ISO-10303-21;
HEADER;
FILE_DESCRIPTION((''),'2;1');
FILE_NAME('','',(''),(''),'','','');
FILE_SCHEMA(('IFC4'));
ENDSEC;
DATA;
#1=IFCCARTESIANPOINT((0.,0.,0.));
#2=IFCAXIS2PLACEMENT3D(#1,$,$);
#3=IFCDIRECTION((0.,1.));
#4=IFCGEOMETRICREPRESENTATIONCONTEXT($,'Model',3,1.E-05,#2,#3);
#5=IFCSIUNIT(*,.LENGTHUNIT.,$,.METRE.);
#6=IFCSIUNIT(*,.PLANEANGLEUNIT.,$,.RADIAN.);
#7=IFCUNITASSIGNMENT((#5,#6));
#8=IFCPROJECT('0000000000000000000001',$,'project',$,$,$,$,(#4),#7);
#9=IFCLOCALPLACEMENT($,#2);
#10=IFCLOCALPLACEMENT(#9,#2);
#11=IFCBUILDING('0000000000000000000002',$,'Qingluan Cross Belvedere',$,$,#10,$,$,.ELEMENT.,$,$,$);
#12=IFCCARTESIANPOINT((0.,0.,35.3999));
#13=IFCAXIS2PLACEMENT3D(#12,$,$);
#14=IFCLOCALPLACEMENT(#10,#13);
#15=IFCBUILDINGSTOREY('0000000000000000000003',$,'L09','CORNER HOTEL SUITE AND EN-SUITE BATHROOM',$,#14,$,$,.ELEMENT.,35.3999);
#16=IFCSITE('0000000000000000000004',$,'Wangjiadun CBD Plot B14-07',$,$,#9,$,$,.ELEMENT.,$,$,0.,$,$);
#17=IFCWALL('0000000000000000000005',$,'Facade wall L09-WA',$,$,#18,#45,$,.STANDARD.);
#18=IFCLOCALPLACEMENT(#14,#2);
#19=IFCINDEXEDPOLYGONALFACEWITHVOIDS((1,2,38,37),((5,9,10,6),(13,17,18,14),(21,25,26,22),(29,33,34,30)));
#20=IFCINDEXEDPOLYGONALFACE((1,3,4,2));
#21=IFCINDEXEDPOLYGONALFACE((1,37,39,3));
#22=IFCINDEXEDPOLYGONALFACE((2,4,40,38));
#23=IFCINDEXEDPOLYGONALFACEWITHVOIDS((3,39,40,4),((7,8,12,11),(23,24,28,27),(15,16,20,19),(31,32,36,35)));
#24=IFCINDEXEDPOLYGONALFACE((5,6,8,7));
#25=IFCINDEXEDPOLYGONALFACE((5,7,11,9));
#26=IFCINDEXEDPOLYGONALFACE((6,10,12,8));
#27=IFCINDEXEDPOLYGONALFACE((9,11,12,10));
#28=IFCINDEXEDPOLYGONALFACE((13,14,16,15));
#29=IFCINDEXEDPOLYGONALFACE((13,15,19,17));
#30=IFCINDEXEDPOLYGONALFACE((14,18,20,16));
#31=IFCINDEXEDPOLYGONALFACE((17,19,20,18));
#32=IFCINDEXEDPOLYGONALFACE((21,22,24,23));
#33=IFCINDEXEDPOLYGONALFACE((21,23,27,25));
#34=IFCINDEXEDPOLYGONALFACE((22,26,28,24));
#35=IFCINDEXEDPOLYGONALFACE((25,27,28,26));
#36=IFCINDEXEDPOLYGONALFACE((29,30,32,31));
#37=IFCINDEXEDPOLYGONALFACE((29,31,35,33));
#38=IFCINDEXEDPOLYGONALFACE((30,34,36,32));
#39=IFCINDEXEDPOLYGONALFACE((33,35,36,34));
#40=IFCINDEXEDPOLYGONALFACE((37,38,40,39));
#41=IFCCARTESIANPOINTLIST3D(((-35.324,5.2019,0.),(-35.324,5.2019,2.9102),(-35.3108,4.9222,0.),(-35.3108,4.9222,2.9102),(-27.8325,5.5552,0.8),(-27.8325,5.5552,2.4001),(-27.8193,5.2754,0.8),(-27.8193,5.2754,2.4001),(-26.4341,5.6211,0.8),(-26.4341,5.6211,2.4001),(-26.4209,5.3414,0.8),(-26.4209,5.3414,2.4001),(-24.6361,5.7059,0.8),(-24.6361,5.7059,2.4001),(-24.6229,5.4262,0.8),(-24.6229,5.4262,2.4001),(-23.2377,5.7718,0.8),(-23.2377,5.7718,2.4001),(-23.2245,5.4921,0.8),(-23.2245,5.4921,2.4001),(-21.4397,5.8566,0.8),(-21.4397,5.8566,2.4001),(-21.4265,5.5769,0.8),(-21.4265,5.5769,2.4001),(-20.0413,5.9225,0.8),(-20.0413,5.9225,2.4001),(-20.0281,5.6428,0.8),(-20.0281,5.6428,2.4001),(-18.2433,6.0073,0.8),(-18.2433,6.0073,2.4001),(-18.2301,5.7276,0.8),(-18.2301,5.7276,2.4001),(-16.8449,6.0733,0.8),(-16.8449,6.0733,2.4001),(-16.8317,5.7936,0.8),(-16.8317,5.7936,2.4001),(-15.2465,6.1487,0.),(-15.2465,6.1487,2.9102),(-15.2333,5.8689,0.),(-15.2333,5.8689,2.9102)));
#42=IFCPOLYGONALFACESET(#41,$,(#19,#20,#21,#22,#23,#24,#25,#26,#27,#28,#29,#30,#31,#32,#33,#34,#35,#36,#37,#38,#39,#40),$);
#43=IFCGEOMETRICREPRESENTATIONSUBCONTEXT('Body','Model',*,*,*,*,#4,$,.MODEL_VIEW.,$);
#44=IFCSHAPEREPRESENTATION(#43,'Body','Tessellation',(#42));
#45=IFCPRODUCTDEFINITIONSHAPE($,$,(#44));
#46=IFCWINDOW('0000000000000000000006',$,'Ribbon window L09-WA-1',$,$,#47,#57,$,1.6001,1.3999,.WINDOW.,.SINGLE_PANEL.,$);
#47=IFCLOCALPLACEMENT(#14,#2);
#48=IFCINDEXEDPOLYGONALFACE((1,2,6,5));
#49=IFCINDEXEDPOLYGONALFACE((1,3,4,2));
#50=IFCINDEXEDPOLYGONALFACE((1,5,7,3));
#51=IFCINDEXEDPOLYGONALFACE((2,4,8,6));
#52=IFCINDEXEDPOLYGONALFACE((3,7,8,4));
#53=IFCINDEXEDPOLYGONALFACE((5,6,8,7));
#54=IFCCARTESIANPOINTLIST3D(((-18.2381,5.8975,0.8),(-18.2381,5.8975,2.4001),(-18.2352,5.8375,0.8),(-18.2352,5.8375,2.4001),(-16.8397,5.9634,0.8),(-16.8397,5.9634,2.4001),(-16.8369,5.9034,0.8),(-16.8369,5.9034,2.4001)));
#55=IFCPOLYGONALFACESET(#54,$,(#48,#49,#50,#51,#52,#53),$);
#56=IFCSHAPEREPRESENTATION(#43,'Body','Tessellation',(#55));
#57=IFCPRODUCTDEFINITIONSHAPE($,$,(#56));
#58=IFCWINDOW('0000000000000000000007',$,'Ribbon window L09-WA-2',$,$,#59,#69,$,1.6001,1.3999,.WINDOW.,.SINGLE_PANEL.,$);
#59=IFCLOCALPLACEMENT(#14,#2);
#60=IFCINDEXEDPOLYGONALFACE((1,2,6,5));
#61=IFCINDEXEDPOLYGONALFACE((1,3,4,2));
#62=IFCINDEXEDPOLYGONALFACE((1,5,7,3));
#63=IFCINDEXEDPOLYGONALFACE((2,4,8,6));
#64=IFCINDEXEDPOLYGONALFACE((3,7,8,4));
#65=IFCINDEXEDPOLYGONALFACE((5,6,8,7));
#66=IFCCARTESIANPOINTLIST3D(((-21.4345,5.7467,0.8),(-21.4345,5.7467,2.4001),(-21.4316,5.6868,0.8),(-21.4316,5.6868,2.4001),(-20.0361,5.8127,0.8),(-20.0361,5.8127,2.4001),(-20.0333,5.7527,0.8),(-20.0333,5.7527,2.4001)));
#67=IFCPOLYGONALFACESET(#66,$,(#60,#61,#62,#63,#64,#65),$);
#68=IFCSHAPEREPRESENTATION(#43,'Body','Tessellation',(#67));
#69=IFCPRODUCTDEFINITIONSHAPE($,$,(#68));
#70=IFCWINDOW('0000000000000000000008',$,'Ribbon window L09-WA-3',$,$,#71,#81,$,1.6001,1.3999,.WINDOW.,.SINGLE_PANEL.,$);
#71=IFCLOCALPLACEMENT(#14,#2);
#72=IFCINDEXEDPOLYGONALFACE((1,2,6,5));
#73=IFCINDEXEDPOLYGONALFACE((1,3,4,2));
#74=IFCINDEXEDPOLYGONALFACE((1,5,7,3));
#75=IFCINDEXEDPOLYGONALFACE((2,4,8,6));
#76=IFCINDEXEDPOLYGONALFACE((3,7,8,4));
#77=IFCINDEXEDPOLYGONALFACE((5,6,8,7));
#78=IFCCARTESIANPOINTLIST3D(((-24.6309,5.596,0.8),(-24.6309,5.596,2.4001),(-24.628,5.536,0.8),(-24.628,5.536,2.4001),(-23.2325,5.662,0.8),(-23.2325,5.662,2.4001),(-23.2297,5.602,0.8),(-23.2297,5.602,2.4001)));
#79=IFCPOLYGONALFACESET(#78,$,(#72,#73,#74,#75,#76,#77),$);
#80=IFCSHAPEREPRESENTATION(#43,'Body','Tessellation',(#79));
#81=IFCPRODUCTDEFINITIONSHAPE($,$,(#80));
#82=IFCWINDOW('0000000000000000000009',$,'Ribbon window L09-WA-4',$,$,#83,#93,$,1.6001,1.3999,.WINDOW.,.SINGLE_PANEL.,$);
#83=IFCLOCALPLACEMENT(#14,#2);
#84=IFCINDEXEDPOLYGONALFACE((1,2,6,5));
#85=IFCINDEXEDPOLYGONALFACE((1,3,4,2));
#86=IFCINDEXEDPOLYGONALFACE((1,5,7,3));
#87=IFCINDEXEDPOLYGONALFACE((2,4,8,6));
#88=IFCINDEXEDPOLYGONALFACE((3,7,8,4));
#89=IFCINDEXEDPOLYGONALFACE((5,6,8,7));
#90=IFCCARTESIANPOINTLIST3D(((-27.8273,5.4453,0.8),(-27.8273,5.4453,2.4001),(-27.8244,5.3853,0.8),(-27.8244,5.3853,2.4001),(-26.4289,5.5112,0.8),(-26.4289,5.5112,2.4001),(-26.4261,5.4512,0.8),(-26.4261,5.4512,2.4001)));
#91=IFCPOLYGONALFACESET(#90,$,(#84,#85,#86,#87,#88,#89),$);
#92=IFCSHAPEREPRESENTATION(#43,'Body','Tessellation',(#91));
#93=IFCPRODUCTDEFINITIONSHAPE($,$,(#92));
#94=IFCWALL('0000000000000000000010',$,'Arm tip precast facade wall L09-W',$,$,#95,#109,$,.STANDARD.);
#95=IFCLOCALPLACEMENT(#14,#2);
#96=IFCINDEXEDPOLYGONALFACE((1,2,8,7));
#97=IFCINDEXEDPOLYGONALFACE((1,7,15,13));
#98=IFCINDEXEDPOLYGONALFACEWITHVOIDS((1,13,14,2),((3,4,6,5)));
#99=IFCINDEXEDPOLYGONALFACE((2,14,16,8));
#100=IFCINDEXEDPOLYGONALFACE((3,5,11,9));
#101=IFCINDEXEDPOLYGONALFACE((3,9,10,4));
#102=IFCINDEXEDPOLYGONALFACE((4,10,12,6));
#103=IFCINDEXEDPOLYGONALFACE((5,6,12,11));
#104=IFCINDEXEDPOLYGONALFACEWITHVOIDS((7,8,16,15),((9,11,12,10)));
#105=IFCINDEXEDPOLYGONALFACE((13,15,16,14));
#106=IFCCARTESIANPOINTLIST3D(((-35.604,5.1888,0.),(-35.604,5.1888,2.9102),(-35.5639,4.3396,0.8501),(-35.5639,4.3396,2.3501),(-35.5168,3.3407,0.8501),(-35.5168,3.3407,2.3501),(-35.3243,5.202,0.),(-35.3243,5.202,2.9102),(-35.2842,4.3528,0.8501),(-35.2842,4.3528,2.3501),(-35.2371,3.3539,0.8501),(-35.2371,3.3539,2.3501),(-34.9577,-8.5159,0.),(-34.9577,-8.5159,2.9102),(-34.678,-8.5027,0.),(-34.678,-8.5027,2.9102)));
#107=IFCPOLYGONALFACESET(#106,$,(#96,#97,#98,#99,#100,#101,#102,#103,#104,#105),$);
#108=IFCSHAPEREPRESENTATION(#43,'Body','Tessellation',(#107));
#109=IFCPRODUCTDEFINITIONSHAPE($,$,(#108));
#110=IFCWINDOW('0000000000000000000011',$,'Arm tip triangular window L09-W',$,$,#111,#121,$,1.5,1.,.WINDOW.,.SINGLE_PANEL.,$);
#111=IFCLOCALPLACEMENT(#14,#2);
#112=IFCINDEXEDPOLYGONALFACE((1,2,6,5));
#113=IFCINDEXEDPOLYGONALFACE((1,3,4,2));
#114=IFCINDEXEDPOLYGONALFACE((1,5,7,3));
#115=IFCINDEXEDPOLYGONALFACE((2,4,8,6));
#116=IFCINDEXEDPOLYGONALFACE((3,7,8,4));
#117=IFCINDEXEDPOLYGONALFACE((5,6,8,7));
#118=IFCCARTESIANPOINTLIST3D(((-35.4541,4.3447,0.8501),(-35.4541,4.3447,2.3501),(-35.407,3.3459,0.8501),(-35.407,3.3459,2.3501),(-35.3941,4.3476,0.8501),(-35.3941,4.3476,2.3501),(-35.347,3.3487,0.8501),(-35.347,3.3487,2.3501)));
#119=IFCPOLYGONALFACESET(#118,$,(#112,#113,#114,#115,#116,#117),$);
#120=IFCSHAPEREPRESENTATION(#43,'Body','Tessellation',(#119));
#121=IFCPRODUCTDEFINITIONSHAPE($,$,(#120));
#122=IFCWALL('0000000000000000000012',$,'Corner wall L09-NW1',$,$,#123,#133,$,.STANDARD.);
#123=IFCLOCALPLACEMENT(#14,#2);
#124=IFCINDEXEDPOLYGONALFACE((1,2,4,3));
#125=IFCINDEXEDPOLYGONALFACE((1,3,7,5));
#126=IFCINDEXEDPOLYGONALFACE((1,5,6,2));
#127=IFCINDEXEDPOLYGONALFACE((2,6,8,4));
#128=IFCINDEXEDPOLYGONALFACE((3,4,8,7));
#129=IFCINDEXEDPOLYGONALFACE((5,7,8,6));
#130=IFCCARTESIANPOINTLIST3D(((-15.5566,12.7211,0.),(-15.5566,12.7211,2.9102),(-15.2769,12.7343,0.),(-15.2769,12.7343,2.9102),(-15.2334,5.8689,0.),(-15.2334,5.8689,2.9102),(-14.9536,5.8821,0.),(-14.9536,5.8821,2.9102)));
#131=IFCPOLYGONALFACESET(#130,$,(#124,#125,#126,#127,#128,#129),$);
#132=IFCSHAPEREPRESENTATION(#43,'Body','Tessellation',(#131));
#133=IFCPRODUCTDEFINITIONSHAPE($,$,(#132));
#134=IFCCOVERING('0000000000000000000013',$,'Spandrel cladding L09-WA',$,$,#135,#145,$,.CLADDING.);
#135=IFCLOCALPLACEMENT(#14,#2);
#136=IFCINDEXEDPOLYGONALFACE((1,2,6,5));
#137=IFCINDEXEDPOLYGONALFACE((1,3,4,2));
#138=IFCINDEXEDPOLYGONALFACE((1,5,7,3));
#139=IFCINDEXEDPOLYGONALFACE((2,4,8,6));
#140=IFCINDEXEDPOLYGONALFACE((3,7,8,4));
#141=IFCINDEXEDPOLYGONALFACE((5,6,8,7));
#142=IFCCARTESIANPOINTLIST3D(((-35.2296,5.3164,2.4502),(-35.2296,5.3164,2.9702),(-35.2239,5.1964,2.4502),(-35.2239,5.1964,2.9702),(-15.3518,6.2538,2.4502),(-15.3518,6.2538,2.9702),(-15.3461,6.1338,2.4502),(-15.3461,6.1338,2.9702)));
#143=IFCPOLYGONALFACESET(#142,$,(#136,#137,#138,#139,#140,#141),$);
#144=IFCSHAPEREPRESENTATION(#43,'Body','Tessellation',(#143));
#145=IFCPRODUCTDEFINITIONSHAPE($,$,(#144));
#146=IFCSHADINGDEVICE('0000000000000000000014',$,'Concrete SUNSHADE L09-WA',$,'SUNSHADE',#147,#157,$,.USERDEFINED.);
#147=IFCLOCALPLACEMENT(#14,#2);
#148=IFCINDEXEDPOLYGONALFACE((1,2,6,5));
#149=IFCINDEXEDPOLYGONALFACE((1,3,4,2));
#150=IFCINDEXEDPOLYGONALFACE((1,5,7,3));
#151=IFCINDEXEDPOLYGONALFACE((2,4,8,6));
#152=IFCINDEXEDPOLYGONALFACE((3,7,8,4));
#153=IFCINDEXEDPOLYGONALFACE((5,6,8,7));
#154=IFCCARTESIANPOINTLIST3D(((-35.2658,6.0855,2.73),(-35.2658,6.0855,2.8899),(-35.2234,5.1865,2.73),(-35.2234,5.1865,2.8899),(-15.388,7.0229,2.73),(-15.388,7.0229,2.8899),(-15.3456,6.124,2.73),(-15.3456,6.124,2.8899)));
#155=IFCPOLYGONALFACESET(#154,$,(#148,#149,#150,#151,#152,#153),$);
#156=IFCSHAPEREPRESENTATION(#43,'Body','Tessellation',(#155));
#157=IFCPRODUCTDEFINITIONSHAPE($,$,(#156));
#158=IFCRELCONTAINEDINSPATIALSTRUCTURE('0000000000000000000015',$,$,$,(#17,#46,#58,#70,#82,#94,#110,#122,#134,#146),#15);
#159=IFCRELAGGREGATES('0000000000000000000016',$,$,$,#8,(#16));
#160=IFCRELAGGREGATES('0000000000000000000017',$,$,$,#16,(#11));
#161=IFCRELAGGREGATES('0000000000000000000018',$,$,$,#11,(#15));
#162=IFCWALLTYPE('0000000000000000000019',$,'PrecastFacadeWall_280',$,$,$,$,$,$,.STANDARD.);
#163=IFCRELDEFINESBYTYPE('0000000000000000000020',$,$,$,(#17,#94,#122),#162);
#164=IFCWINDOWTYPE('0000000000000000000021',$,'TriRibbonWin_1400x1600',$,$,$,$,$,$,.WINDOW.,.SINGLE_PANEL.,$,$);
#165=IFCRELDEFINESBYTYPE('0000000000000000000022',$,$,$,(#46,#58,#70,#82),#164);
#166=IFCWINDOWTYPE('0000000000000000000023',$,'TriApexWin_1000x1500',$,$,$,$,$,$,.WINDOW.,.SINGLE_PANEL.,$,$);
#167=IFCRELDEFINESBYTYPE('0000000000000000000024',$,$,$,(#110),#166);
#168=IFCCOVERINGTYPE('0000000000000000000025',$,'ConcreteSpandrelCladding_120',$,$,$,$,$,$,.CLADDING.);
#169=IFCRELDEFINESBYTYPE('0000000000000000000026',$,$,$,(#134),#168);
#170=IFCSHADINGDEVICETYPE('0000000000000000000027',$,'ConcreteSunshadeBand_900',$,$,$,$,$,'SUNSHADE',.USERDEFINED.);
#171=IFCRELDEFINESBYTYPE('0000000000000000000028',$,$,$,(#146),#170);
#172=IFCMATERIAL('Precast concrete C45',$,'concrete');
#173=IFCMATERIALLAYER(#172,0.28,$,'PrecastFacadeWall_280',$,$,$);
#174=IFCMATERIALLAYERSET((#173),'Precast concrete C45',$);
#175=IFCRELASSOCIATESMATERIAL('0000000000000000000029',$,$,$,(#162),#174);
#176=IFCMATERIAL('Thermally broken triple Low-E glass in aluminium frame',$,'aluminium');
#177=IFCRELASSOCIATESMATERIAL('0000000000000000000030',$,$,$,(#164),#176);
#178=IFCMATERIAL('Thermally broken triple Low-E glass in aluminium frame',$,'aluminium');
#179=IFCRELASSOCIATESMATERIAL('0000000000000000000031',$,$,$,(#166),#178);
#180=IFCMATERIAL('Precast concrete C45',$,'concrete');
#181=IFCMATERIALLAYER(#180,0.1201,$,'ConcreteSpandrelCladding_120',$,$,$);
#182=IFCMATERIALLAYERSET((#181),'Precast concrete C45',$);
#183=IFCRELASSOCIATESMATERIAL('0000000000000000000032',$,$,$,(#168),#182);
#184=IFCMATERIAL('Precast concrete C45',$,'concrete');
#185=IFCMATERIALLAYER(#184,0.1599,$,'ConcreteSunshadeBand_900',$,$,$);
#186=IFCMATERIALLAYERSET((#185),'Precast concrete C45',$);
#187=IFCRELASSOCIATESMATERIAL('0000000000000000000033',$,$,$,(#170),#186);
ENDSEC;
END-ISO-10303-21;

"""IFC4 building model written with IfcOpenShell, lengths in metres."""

from ifc_helpers import new_model, si_unit, direction, frame, frame_2d, origin, origin_2d, place, context, subcontext, project, spatial, rectangle, extrude, material, layer, layer_set, type_object, element, fill, save


model = new_model("IFC4")

# Units and contexts
model_context = context("Model", 3, precision=1e-05, world=origin(), true_north=direction((0.0, 1.0)))
body_context = subcontext(model_context, "Body", "Model", "MODEL_VIEW")
ifc_project = project(units=[si_unit("LENGTHUNIT", "METRE"), si_unit("PLANEANGLEUNIT", "RADIAN")], contexts=[model_context])

# Site, building, storey
site_placement = place(None, origin())
site = spatial("IfcSite", under=ifc_project, at=site_placement, Name="Wangjiadun CBD Plot B14-07", CompositionType="ELEMENT", RefElevation=0.0)
building_placement = place(site_placement, origin())
building = spatial("IfcBuilding", under=site, at=building_placement, Name="Qingluan Cross Belvedere", CompositionType="ELEMENT")
storey_placement = place(building_placement, frame((0.0, 0.0, 35.3999)))
storey = spatial("IfcBuildingStorey", under=building, at=storey_placement, Name="L09", Description="CORNER HOTEL SUITE AND EN-SUITE BATHROOM", CompositionType="ELEMENT", Elevation=35.3999)

# Wall, openings, windows
ifc_material_1 = material(Name="Precast concrete C45", Category="concrete")
ifc_layer_1 = layer(ifc_material_1, 0.28, Name="PrecastFacadeWall_280")
ifc_layer_set_1 = layer_set([ifc_layer_1], Name="Precast concrete C45")
wall_type_1 = type_object("IfcWallType", Name="PrecastFacadeWall_280", PredefinedType="STANDARD", material=ifc_layer_set_1)
wall_1_placement = place(storey_placement, frame((-15.24, 6.0088, 0.0), z_axis=(0.0, 0.0, 1.0), x_axis=(-0.99889, -0.047103, 0.0)))
wall_1 = element("IfcWall", 1, at=wall_1_placement, inside=storey, type_object=wall_type_1, Name="Facade wall L09-WA", PredefinedType="STANDARD", context=body_context, shape_type="SweptSolid", body=[
    extrude(rectangle(XDim=20.0999, YDim=0.28, at=frame_2d((10.0498, 0.0))), origin(), (0.0, 0.0, 1.0), 2.9102),
])
opening_1_placement = place(wall_1_placement, frame((1.6001, 0.0, 0.8)))
opening_1 = element("IfcOpeningElement", 2, at=opening_1_placement, cuts=wall_1, PredefinedType="OPENING", context=body_context, shape_type="SweptSolid", body=[
    extrude(rectangle(XDim=1.3999, YDim=1.6001, at=frame_2d((0.7, 0.8))), frame((0.0, 0.1499, 0.0), z_axis=(0.0, -1.0, 0.0), x_axis=(1.0, 0.0, 0.0)), (0.0, 0.0, 1.0), 0.3),
])
opening_2_placement = place(wall_1_placement, frame((4.8, 0.0, 0.8)))
opening_2 = element("IfcOpeningElement", 3, at=opening_2_placement, cuts=wall_1, PredefinedType="OPENING", context=body_context, shape_type="SweptSolid", body=[
    extrude(rectangle(XDim=1.3999, YDim=1.6001, at=frame_2d((0.7, 0.8))), frame((0.0, 0.1499, 0.0), z_axis=(0.0, -1.0, 0.0), x_axis=(1.0, 0.0, 0.0)), (0.0, 0.0, 1.0), 0.3),
])
opening_3_placement = place(wall_1_placement, frame((8.0, 0.0, 0.8)))
opening_3 = element("IfcOpeningElement", 4, at=opening_3_placement, cuts=wall_1, PredefinedType="OPENING", context=body_context, shape_type="SweptSolid", body=[
    extrude(rectangle(XDim=1.3999, YDim=1.6001, at=frame_2d((0.7, 0.8))), frame((0.0, 0.1499, 0.0), z_axis=(0.0, -1.0, 0.0), x_axis=(1.0, 0.0, 0.0)), (0.0, 0.0, 1.0), 0.3),
])
opening_4_placement = place(wall_1_placement, frame((11.2, 0.0, 0.8)))
opening_4 = element("IfcOpeningElement", 5, at=opening_4_placement, cuts=wall_1, PredefinedType="OPENING", context=body_context, shape_type="SweptSolid", body=[
    extrude(rectangle(XDim=1.3999, YDim=1.6001, at=frame_2d((0.7, 0.8))), frame((0.0, 0.1499, 0.0), z_axis=(0.0, -1.0, 0.0), x_axis=(1.0, 0.0, 0.0)), (0.0, 0.0, 1.0), 0.3),
])
ifc_material_2 = material(Name="Thermally broken triple Low-E glass in aluminium frame", Category="aluminium")
window_type_1 = type_object("IfcWindowType", Name="TriRibbonWin_1400x1600", PartitioningType="SINGLE_PANEL", PredefinedType="WINDOW", material=ifc_material_2)
window_1_placement = place(opening_1_placement, origin())
window_1 = element("IfcWindow", 6, at=window_1_placement, inside=storey, type_object=window_type_1, Name="Ribbon window L09-WA-1", OverallHeight=1.6001, OverallWidth=1.3999, PartitioningType="SINGLE_PANEL", PredefinedType="WINDOW", context=body_context, shape_type="SweptSolid", body=[
    extrude(rectangle(XDim=1.3999, YDim=1.6001, at=frame_2d((0.7, 0.8))), frame((0.0, 0.03, 0.0), z_axis=(0.0, -1.0, 0.0), x_axis=(1.0, 0.0, 0.0)), (0.0, 0.0, 1.0), 0.0601),
])
fill(opening_1, window_1)
window_2_placement = place(opening_2_placement, origin())
window_2 = element("IfcWindow", 7, at=window_2_placement, inside=storey, type_object=window_type_1, Name="Ribbon window L09-WA-2", OverallHeight=1.6001, OverallWidth=1.3999, PartitioningType="SINGLE_PANEL", PredefinedType="WINDOW", context=body_context, shape_type="SweptSolid", body=[
    extrude(rectangle(XDim=1.3999, YDim=1.6001, at=frame_2d((0.7, 0.8))), frame((0.0, 0.03, 0.0), z_axis=(0.0, -1.0, 0.0), x_axis=(1.0, 0.0, 0.0)), (0.0, 0.0, 1.0), 0.0601),
])
fill(opening_2, window_2)
window_3_placement = place(opening_3_placement, origin())
window_3 = element("IfcWindow", 8, at=window_3_placement, inside=storey, type_object=window_type_1, Name="Ribbon window L09-WA-3", OverallHeight=1.6001, OverallWidth=1.3999, PartitioningType="SINGLE_PANEL", PredefinedType="WINDOW", context=body_context, shape_type="SweptSolid", body=[
    extrude(rectangle(XDim=1.3999, YDim=1.6001, at=frame_2d((0.7, 0.8))), frame((0.0, 0.03, 0.0), z_axis=(0.0, -1.0, 0.0), x_axis=(1.0, 0.0, 0.0)), (0.0, 0.0, 1.0), 0.0601),
])
fill(opening_3, window_3)
window_4_placement = place(opening_4_placement, origin())
window_4 = element("IfcWindow", 9, at=window_4_placement, inside=storey, type_object=window_type_1, Name="Ribbon window L09-WA-4", OverallHeight=1.6001, OverallWidth=1.3999, PartitioningType="SINGLE_PANEL", PredefinedType="WINDOW", context=body_context, shape_type="SweptSolid", body=[
    extrude(rectangle(XDim=1.3999, YDim=1.6001, at=frame_2d((0.7, 0.8))), frame((0.0, 0.03, 0.0), z_axis=(0.0, -1.0, 0.0), x_axis=(1.0, 0.0, 0.0)), (0.0, 0.0, 1.0), 0.0601),
])
fill(opening_4, window_4)

# Wall, opening, window
wall_2_placement = place(storey_placement, frame((-35.4641, 5.1953, 0.0), z_axis=(0.0, 0.0, 1.0), x_axis=(0.047102, -0.99889, 0.0)))
wall_2 = element("IfcWall", 10, at=wall_2_placement, inside=storey, type_object=wall_type_1, Name="Arm tip precast facade wall L09-W", PredefinedType="STANDARD", context=body_context, shape_type="SweptSolid", body=[
    extrude(rectangle(XDim=13.72, YDim=0.28, at=frame_2d((6.8599, 0.0))), origin(), (0.0, 0.0, 1.0), 2.9102),
])
opening_5_placement = place(wall_2_placement, frame((0.8501, 0.0, 0.8501)))
opening_5 = element("IfcOpeningElement", 11, at=opening_5_placement, cuts=wall_2, PredefinedType="OPENING", context=body_context, shape_type="SweptSolid", body=[
    extrude(rectangle(XDim=1.0, YDim=1.5, at=frame_2d((0.5, 0.75))), frame((0.0, 0.1499, 0.0), z_axis=(0.0, -1.0, 0.0), x_axis=(1.0, 0.0, 0.0)), (0.0, 0.0, 1.0), 0.3),
])
ifc_material_3 = material(Name="Thermally broken triple Low-E glass in aluminium frame", Category="aluminium")
window_type_2 = type_object("IfcWindowType", Name="TriApexWin_1000x1500", PartitioningType="SINGLE_PANEL", PredefinedType="WINDOW", material=ifc_material_3)
window_5_placement = place(opening_5_placement, origin())
window_5 = element("IfcWindow", 12, at=window_5_placement, inside=storey, type_object=window_type_2, Name="Arm tip triangular window L09-W", OverallHeight=1.5, OverallWidth=1.0, PartitioningType="SINGLE_PANEL", PredefinedType="WINDOW", context=body_context, shape_type="SweptSolid", body=[
    extrude(rectangle(XDim=1.0, YDim=1.5, at=frame_2d((0.5, 0.75))), frame((0.0, 0.03, 0.0), z_axis=(0.0, -1.0, 0.0), x_axis=(1.0, 0.0, 0.0)), (0.0, 0.0, 1.0), 0.0601),
])
fill(opening_5, window_5)

# Wall
wall_3_placement = place(storey_placement, frame((-15.0935, 5.8755, 0.0), z_axis=(0.0, 0.0, 1.0), x_axis=(-0.04712, 0.998889, 0.0)))
element("IfcWall", 13, at=wall_3_placement, inside=storey, type_object=wall_type_1, Name="Corner wall L09-NW1", PredefinedType="STANDARD", context=body_context, shape_type="SweptSolid", body=[
    extrude(rectangle(XDim=6.8599, YDim=0.28, at=frame_2d((3.4299, 0.0))), origin(), (0.0, 0.0, 1.0), 2.9102),
])

# Covering
ifc_material_4 = material(Name="Precast concrete C45", Category="concrete")
ifc_layer_2 = layer(ifc_material_4, 0.1201, Name="ConcreteSpandrelCladding_120")
ifc_layer_set_2 = layer_set([ifc_layer_2], Name="Precast concrete C45")
covering_type = type_object("IfcCoveringType", Name="ConcreteSpandrelCladding_120", PredefinedType="CLADDING", material=ifc_layer_set_2)
covering_placement = place(storey_placement, frame((-25.2878, 5.7251, 2.4502), z_axis=(0.0, 0.0, 1.0), x_axis=(-0.99889, -0.047109, 0.0)))
element("IfcCovering", 14, at=covering_placement, inside=storey, type_object=covering_type, Name="Spandrel cladding L09-WA", PredefinedType="CLADDING", context=body_context, shape_type="SweptSolid", body=[
    extrude(rectangle(XDim=19.8999, YDim=0.1201, at=origin_2d()), origin(), (0.0, 0.0, 1.0), 0.52),
])

# Shading device
ifc_material_5 = material(Name="Precast concrete C45", Category="concrete")
ifc_layer_3 = layer(ifc_material_5, 0.1599, Name="ConcreteSunshadeBand_900")
ifc_layer_set_3 = layer_set([ifc_layer_3], Name="Precast concrete C45")
shading_device_type = type_object("IfcShadingDeviceType", Name="ConcreteSunshadeBand_900", ElementType="SUNSHADE", PredefinedType="USERDEFINED", material=ifc_layer_set_3)
shading_device_placement = place(storey_placement, frame((-25.3057, 6.1047, 2.73), z_axis=(0.0, 0.0, 1.0), x_axis=(-0.99889, -0.047109, 0.0)))
element("IfcShadingDevice", 15, at=shading_device_placement, inside=storey, type_object=shading_device_type, Name="Concrete SUNSHADE L09-WA", ObjectType="SUNSHADE", PredefinedType="USERDEFINED", context=body_context, shape_type="SweptSolid", body=[
    extrude(rectangle(XDim=19.8999, YDim=0.8999, at=origin_2d()), origin(), (0.0, 0.0, 1.0), 0.1599),
])

save(model, "model.ifc")
